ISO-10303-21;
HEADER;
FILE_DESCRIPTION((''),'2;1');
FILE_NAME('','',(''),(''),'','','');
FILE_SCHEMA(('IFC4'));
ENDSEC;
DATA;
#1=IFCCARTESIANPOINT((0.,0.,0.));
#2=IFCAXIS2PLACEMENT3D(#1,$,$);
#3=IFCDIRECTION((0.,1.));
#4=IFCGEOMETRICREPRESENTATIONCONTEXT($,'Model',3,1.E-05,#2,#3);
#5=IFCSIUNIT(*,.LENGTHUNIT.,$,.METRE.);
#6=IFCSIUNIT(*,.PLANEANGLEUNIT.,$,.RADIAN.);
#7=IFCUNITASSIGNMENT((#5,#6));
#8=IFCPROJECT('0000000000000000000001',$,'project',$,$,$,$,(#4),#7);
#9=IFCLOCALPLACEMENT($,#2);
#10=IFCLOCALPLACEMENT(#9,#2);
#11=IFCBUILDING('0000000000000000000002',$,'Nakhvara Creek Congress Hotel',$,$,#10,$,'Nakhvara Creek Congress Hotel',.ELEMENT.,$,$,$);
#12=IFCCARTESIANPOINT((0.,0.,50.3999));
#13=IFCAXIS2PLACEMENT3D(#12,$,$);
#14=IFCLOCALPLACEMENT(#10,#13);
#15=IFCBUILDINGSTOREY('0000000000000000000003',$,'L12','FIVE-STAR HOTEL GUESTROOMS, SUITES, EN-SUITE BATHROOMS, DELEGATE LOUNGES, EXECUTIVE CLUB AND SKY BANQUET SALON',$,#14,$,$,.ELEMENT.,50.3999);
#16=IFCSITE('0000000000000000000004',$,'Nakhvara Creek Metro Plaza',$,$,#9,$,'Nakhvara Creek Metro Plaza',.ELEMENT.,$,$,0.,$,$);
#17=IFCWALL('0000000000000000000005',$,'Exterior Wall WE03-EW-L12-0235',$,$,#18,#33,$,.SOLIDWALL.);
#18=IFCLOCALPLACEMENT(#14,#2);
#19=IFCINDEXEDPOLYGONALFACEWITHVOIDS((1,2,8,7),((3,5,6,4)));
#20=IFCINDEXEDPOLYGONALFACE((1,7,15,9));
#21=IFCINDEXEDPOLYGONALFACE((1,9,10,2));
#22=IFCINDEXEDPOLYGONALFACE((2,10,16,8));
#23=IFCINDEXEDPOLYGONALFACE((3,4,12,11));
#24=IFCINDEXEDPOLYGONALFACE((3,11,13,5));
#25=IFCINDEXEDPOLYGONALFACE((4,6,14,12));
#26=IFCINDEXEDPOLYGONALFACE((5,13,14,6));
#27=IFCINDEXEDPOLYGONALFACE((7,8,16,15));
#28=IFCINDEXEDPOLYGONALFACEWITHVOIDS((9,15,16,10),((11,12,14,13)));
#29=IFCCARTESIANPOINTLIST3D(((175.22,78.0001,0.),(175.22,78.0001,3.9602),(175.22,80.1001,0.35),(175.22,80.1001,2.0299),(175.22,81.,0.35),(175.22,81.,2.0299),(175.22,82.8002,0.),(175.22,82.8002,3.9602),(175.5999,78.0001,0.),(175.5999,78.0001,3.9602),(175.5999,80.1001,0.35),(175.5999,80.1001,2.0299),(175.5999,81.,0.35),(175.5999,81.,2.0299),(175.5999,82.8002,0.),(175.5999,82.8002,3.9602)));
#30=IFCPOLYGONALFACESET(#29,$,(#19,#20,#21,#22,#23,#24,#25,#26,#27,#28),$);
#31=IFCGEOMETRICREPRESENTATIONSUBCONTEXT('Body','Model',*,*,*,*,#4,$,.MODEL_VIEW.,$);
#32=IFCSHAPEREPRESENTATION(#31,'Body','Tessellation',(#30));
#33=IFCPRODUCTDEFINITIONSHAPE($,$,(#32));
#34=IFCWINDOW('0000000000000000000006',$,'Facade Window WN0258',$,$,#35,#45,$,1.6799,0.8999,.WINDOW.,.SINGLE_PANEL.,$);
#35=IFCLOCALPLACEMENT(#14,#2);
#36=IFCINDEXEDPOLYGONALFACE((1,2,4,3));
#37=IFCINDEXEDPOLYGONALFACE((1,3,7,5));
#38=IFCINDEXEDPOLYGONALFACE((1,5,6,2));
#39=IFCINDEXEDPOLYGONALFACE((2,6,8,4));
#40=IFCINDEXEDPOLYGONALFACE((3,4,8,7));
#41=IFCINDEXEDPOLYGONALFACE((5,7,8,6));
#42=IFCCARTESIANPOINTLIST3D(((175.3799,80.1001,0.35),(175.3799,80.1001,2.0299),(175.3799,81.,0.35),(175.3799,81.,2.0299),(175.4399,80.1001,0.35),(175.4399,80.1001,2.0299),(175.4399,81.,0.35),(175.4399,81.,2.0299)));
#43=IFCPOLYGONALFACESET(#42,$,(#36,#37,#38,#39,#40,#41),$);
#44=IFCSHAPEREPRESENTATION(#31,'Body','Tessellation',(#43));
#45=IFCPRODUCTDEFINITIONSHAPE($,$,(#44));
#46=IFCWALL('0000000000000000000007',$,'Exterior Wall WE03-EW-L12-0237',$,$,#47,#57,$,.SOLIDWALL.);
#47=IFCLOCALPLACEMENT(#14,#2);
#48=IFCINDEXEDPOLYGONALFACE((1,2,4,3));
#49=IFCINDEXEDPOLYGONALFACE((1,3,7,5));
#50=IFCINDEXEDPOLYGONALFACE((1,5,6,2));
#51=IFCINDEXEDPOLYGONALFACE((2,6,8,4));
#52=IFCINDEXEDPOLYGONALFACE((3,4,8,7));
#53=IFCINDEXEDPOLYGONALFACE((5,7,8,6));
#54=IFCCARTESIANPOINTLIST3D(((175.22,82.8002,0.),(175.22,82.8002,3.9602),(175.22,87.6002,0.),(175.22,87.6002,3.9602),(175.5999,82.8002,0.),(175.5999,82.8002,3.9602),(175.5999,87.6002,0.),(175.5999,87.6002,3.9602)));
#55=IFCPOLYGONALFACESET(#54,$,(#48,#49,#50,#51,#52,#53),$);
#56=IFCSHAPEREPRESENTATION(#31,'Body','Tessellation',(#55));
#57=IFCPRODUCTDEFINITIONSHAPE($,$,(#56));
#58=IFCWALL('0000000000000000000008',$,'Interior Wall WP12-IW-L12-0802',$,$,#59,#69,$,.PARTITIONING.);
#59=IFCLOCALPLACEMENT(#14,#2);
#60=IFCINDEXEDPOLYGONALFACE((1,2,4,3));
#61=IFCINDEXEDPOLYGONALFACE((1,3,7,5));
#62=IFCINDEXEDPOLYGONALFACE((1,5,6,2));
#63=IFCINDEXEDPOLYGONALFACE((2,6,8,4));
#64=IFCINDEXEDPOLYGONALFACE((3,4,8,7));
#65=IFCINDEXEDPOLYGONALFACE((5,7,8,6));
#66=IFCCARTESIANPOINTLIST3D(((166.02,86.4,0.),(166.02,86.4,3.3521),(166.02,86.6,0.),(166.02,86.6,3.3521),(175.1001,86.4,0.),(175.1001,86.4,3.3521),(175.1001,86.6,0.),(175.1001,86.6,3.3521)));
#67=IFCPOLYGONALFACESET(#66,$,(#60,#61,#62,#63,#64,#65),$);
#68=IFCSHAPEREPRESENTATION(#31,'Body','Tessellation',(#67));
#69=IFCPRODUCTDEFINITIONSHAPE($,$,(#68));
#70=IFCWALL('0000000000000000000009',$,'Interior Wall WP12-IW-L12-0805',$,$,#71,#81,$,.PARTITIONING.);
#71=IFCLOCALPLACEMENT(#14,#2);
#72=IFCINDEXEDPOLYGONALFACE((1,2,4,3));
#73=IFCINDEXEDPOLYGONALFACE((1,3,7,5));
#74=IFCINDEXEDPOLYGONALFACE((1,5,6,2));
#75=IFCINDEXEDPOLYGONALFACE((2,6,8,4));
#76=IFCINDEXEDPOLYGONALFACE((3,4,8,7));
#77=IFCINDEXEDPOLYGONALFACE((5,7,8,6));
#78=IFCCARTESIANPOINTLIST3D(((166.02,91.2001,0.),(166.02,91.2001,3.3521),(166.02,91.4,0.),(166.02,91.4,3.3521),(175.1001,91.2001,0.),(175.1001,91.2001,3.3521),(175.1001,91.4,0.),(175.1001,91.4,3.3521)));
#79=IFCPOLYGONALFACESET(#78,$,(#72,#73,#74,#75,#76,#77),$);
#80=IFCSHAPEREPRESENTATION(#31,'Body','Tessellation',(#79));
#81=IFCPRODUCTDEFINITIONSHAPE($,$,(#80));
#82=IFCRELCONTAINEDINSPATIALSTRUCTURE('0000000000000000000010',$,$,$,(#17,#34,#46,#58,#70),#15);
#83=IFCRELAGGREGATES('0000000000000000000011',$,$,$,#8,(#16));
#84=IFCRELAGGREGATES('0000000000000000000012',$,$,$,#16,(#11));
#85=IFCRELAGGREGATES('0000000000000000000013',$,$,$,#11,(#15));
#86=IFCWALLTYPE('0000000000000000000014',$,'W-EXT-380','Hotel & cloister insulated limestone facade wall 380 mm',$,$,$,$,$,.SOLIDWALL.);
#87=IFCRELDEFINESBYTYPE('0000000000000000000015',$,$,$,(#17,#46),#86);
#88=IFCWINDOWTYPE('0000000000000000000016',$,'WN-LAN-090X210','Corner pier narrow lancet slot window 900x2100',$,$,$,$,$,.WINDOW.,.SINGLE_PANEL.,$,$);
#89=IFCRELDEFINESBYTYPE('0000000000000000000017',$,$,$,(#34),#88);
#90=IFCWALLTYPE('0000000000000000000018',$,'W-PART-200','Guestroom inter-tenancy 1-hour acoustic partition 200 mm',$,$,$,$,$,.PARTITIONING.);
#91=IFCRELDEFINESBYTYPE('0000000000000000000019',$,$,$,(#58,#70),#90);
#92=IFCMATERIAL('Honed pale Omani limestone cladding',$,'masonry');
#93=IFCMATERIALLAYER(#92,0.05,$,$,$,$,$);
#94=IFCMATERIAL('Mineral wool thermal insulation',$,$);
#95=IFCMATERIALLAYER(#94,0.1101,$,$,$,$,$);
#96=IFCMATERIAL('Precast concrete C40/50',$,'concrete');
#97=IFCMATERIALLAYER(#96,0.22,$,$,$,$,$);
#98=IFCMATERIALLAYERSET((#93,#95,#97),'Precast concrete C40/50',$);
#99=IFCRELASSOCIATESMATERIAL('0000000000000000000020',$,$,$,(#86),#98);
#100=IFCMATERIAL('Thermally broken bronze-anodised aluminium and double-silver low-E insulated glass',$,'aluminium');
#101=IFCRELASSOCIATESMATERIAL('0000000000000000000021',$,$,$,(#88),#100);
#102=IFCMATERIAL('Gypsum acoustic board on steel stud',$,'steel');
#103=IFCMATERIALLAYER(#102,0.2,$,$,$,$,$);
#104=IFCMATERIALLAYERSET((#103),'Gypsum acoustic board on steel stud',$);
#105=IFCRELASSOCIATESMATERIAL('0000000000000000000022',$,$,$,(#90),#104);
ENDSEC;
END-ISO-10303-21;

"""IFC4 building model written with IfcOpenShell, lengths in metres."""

from ifc_helpers import new_model, si_unit, direction, frame, frame_2d, origin, place, context, subcontext, project, spatial, rectangle, extrude, material, layer, layer_set, type_object, element, fill, save


model = new_model("IFC4")

# Units and contexts
model_context = context("Model", 3, precision=1e-05, world=origin(), true_north=direction((0.0, 1.0)))
body_context = subcontext(model_context, "Body", "Model", "MODEL_VIEW")
ifc_project = project(units=[si_unit("LENGTHUNIT", "METRE"), si_unit("PLANEANGLEUNIT", "RADIAN")], contexts=[model_context])

# Site, building, storey
site_placement = place(None, origin())
site = spatial("IfcSite", under=ifc_project, at=site_placement, Name="Nakhvara Creek Metro Plaza", LongName="Nakhvara Creek Metro Plaza", CompositionType="ELEMENT", RefElevation=0.0)
building_placement = place(site_placement, origin())
building = spatial("IfcBuilding", under=site, at=building_placement, Name="Nakhvara Creek Congress Hotel", LongName="Nakhvara Creek Congress Hotel", CompositionType="ELEMENT")
storey_placement = place(building_placement, frame((0.0, 0.0, 50.3999)))
storey = spatial("IfcBuildingStorey", under=building, at=storey_placement, Name="L12", Description="FIVE-STAR HOTEL GUESTROOMS, SUITES, EN-SUITE BATHROOMS, DELEGATE LOUNGES, EXECUTIVE CLUB AND SKY BANQUET SALON", CompositionType="ELEMENT", Elevation=50.3999)

# Wall, opening, window
ifc_material_1 = material(Name="Honed pale Omani limestone cladding", Category="masonry")
ifc_layer_1 = layer(ifc_material_1, 0.05)
ifc_material_2 = material(Name="Mineral wool thermal insulation")
ifc_layer_2 = layer(ifc_material_2, 0.1101)
ifc_material_3 = material(Name="Precast concrete C40/50", Category="concrete")
ifc_layer_3 = layer(ifc_material_3, 0.22)
ifc_layer_set_1 = layer_set([ifc_layer_1, ifc_layer_2, ifc_layer_3], Name="Precast concrete C40/50")
wall_type_1 = type_object("IfcWallType", Name="W-EXT-380", Description="Hotel & cloister insulated limestone facade wall 380 mm", PredefinedType="SOLIDWALL", material=ifc_layer_set_1)
ifc_material_4 = material(Name="Thermally broken bronze-anodised aluminium and double-silver low-E insulated glass", Category="aluminium")
wall_1_placement = place(storey_placement, frame((175.4099, 82.8, 0.0), z_axis=(0.0, 0.0, 1.0), x_axis=(0.0, -1.0, 0.0)))
wall_1 = element("IfcWall", 1, at=wall_1_placement, inside=storey, type_object=wall_type_1, Name="Exterior Wall WE03-EW-L12-0235", PredefinedType="SOLIDWALL", context=body_context, shape_type="SweptSolid", body=[
    extrude(rectangle(XDim=4.8, YDim=0.3799, at=frame_2d((2.3999, 0.0))), origin(), (0.0, 0.0, 1.0), 3.9602),
])
opening_1_placement = place(wall_1_placement, frame((1.8, 0.0, 0.3501)))
opening_1 = element("IfcOpeningElement", 2, at=opening_1_placement, cuts=wall_1, PredefinedType="OPENING", context=body_context, shape_type="SweptSolid", body=[
    extrude(rectangle(XDim=0.8999, YDim=1.6799, at=frame_2d((0.45, 0.8398))), frame((0.0, 0.2019, 0.0), z_axis=(0.0, -1.0, 0.0), x_axis=(1.0, 0.0, 0.0)), (0.0, 0.0, 1.0), 0.4038),
])
window_type_1 = type_object("IfcWindowType", Name="WN-LAN-090X210", Description="Corner pier narrow lancet slot window 900x2100", PartitioningType="SINGLE_PANEL", PredefinedType="WINDOW", material=ifc_material_4)
window_1_placement = place(opening_1_placement, origin())
window_1 = element("IfcWindow", 3, at=window_1_placement, inside=storey, type_object=window_type_1, Name="Facade Window WN0258", OverallHeight=1.6799, OverallWidth=0.8999, PartitioningType="SINGLE_PANEL", PredefinedType="WINDOW", context=body_context, shape_type="SweptSolid", body=[
    extrude(rectangle(XDim=0.8999, YDim=1.6799, at=frame_2d((0.45, 0.8398))), frame((0.0, 0.03, 0.0), z_axis=(0.0, -1.0, 0.0), x_axis=(1.0, 0.0, 0.0)), (0.0, 0.0, 1.0), 0.0601),
])
fill(opening_1, window_1)

# Walls
wall_2_placement = place(storey_placement, frame((175.4099, 87.6001, 0.0), z_axis=(0.0, 0.0, 1.0), x_axis=(0.0, -1.0, 0.0)))
element("IfcWall", 4, at=wall_2_placement, inside=storey, type_object=wall_type_1, Name="Exterior Wall WE03-EW-L12-0237", PredefinedType="SOLIDWALL", context=body_context, shape_type="SweptSolid", body=[
    extrude(rectangle(XDim=4.8, YDim=0.3799, at=frame_2d((2.3999, 0.0))), origin(), (0.0, 0.0, 1.0), 3.9602),
])
ifc_material_5 = material(Name="Gypsum acoustic board on steel stud", Category="steel")
ifc_layer_4 = layer(ifc_material_5, 0.2)
ifc_layer_set_2 = layer_set([ifc_layer_4], Name="Gypsum acoustic board on steel stud")
wall_type_2 = type_object("IfcWallType", Name="W-PART-200", Description="Guestroom inter-tenancy 1-hour acoustic partition 200 mm", PredefinedType="PARTITIONING", material=ifc_layer_set_2)
for number, where, z_axis, x_axis, name in (
    (5, (166.02, 86.5, 0.0), (0.0, 0.0, 1.0), (1.0, 0.0, 0.0), "Interior Wall WP12-IW-L12-0802"),
    (6, (166.02, 91.3, 0.0), (0.0, 0.0, 1.0), (1.0, 0.0, 0.0), "Interior Wall WP12-IW-L12-0805"),
):
    element("IfcWall", number, at=place(storey_placement, frame(where, z_axis=z_axis, x_axis=x_axis)), inside=storey, type_object=wall_type_2, Name=name, PredefinedType="PARTITIONING", context=body_context, shape_type="SweptSolid", body=[
        extrude(rectangle(XDim=9.0801, YDim=0.2, at=frame_2d((4.54, 0.0))), origin(), (0.0, 0.0, 1.0), 3.3521),
    ])

save(model, "model.ifc")
